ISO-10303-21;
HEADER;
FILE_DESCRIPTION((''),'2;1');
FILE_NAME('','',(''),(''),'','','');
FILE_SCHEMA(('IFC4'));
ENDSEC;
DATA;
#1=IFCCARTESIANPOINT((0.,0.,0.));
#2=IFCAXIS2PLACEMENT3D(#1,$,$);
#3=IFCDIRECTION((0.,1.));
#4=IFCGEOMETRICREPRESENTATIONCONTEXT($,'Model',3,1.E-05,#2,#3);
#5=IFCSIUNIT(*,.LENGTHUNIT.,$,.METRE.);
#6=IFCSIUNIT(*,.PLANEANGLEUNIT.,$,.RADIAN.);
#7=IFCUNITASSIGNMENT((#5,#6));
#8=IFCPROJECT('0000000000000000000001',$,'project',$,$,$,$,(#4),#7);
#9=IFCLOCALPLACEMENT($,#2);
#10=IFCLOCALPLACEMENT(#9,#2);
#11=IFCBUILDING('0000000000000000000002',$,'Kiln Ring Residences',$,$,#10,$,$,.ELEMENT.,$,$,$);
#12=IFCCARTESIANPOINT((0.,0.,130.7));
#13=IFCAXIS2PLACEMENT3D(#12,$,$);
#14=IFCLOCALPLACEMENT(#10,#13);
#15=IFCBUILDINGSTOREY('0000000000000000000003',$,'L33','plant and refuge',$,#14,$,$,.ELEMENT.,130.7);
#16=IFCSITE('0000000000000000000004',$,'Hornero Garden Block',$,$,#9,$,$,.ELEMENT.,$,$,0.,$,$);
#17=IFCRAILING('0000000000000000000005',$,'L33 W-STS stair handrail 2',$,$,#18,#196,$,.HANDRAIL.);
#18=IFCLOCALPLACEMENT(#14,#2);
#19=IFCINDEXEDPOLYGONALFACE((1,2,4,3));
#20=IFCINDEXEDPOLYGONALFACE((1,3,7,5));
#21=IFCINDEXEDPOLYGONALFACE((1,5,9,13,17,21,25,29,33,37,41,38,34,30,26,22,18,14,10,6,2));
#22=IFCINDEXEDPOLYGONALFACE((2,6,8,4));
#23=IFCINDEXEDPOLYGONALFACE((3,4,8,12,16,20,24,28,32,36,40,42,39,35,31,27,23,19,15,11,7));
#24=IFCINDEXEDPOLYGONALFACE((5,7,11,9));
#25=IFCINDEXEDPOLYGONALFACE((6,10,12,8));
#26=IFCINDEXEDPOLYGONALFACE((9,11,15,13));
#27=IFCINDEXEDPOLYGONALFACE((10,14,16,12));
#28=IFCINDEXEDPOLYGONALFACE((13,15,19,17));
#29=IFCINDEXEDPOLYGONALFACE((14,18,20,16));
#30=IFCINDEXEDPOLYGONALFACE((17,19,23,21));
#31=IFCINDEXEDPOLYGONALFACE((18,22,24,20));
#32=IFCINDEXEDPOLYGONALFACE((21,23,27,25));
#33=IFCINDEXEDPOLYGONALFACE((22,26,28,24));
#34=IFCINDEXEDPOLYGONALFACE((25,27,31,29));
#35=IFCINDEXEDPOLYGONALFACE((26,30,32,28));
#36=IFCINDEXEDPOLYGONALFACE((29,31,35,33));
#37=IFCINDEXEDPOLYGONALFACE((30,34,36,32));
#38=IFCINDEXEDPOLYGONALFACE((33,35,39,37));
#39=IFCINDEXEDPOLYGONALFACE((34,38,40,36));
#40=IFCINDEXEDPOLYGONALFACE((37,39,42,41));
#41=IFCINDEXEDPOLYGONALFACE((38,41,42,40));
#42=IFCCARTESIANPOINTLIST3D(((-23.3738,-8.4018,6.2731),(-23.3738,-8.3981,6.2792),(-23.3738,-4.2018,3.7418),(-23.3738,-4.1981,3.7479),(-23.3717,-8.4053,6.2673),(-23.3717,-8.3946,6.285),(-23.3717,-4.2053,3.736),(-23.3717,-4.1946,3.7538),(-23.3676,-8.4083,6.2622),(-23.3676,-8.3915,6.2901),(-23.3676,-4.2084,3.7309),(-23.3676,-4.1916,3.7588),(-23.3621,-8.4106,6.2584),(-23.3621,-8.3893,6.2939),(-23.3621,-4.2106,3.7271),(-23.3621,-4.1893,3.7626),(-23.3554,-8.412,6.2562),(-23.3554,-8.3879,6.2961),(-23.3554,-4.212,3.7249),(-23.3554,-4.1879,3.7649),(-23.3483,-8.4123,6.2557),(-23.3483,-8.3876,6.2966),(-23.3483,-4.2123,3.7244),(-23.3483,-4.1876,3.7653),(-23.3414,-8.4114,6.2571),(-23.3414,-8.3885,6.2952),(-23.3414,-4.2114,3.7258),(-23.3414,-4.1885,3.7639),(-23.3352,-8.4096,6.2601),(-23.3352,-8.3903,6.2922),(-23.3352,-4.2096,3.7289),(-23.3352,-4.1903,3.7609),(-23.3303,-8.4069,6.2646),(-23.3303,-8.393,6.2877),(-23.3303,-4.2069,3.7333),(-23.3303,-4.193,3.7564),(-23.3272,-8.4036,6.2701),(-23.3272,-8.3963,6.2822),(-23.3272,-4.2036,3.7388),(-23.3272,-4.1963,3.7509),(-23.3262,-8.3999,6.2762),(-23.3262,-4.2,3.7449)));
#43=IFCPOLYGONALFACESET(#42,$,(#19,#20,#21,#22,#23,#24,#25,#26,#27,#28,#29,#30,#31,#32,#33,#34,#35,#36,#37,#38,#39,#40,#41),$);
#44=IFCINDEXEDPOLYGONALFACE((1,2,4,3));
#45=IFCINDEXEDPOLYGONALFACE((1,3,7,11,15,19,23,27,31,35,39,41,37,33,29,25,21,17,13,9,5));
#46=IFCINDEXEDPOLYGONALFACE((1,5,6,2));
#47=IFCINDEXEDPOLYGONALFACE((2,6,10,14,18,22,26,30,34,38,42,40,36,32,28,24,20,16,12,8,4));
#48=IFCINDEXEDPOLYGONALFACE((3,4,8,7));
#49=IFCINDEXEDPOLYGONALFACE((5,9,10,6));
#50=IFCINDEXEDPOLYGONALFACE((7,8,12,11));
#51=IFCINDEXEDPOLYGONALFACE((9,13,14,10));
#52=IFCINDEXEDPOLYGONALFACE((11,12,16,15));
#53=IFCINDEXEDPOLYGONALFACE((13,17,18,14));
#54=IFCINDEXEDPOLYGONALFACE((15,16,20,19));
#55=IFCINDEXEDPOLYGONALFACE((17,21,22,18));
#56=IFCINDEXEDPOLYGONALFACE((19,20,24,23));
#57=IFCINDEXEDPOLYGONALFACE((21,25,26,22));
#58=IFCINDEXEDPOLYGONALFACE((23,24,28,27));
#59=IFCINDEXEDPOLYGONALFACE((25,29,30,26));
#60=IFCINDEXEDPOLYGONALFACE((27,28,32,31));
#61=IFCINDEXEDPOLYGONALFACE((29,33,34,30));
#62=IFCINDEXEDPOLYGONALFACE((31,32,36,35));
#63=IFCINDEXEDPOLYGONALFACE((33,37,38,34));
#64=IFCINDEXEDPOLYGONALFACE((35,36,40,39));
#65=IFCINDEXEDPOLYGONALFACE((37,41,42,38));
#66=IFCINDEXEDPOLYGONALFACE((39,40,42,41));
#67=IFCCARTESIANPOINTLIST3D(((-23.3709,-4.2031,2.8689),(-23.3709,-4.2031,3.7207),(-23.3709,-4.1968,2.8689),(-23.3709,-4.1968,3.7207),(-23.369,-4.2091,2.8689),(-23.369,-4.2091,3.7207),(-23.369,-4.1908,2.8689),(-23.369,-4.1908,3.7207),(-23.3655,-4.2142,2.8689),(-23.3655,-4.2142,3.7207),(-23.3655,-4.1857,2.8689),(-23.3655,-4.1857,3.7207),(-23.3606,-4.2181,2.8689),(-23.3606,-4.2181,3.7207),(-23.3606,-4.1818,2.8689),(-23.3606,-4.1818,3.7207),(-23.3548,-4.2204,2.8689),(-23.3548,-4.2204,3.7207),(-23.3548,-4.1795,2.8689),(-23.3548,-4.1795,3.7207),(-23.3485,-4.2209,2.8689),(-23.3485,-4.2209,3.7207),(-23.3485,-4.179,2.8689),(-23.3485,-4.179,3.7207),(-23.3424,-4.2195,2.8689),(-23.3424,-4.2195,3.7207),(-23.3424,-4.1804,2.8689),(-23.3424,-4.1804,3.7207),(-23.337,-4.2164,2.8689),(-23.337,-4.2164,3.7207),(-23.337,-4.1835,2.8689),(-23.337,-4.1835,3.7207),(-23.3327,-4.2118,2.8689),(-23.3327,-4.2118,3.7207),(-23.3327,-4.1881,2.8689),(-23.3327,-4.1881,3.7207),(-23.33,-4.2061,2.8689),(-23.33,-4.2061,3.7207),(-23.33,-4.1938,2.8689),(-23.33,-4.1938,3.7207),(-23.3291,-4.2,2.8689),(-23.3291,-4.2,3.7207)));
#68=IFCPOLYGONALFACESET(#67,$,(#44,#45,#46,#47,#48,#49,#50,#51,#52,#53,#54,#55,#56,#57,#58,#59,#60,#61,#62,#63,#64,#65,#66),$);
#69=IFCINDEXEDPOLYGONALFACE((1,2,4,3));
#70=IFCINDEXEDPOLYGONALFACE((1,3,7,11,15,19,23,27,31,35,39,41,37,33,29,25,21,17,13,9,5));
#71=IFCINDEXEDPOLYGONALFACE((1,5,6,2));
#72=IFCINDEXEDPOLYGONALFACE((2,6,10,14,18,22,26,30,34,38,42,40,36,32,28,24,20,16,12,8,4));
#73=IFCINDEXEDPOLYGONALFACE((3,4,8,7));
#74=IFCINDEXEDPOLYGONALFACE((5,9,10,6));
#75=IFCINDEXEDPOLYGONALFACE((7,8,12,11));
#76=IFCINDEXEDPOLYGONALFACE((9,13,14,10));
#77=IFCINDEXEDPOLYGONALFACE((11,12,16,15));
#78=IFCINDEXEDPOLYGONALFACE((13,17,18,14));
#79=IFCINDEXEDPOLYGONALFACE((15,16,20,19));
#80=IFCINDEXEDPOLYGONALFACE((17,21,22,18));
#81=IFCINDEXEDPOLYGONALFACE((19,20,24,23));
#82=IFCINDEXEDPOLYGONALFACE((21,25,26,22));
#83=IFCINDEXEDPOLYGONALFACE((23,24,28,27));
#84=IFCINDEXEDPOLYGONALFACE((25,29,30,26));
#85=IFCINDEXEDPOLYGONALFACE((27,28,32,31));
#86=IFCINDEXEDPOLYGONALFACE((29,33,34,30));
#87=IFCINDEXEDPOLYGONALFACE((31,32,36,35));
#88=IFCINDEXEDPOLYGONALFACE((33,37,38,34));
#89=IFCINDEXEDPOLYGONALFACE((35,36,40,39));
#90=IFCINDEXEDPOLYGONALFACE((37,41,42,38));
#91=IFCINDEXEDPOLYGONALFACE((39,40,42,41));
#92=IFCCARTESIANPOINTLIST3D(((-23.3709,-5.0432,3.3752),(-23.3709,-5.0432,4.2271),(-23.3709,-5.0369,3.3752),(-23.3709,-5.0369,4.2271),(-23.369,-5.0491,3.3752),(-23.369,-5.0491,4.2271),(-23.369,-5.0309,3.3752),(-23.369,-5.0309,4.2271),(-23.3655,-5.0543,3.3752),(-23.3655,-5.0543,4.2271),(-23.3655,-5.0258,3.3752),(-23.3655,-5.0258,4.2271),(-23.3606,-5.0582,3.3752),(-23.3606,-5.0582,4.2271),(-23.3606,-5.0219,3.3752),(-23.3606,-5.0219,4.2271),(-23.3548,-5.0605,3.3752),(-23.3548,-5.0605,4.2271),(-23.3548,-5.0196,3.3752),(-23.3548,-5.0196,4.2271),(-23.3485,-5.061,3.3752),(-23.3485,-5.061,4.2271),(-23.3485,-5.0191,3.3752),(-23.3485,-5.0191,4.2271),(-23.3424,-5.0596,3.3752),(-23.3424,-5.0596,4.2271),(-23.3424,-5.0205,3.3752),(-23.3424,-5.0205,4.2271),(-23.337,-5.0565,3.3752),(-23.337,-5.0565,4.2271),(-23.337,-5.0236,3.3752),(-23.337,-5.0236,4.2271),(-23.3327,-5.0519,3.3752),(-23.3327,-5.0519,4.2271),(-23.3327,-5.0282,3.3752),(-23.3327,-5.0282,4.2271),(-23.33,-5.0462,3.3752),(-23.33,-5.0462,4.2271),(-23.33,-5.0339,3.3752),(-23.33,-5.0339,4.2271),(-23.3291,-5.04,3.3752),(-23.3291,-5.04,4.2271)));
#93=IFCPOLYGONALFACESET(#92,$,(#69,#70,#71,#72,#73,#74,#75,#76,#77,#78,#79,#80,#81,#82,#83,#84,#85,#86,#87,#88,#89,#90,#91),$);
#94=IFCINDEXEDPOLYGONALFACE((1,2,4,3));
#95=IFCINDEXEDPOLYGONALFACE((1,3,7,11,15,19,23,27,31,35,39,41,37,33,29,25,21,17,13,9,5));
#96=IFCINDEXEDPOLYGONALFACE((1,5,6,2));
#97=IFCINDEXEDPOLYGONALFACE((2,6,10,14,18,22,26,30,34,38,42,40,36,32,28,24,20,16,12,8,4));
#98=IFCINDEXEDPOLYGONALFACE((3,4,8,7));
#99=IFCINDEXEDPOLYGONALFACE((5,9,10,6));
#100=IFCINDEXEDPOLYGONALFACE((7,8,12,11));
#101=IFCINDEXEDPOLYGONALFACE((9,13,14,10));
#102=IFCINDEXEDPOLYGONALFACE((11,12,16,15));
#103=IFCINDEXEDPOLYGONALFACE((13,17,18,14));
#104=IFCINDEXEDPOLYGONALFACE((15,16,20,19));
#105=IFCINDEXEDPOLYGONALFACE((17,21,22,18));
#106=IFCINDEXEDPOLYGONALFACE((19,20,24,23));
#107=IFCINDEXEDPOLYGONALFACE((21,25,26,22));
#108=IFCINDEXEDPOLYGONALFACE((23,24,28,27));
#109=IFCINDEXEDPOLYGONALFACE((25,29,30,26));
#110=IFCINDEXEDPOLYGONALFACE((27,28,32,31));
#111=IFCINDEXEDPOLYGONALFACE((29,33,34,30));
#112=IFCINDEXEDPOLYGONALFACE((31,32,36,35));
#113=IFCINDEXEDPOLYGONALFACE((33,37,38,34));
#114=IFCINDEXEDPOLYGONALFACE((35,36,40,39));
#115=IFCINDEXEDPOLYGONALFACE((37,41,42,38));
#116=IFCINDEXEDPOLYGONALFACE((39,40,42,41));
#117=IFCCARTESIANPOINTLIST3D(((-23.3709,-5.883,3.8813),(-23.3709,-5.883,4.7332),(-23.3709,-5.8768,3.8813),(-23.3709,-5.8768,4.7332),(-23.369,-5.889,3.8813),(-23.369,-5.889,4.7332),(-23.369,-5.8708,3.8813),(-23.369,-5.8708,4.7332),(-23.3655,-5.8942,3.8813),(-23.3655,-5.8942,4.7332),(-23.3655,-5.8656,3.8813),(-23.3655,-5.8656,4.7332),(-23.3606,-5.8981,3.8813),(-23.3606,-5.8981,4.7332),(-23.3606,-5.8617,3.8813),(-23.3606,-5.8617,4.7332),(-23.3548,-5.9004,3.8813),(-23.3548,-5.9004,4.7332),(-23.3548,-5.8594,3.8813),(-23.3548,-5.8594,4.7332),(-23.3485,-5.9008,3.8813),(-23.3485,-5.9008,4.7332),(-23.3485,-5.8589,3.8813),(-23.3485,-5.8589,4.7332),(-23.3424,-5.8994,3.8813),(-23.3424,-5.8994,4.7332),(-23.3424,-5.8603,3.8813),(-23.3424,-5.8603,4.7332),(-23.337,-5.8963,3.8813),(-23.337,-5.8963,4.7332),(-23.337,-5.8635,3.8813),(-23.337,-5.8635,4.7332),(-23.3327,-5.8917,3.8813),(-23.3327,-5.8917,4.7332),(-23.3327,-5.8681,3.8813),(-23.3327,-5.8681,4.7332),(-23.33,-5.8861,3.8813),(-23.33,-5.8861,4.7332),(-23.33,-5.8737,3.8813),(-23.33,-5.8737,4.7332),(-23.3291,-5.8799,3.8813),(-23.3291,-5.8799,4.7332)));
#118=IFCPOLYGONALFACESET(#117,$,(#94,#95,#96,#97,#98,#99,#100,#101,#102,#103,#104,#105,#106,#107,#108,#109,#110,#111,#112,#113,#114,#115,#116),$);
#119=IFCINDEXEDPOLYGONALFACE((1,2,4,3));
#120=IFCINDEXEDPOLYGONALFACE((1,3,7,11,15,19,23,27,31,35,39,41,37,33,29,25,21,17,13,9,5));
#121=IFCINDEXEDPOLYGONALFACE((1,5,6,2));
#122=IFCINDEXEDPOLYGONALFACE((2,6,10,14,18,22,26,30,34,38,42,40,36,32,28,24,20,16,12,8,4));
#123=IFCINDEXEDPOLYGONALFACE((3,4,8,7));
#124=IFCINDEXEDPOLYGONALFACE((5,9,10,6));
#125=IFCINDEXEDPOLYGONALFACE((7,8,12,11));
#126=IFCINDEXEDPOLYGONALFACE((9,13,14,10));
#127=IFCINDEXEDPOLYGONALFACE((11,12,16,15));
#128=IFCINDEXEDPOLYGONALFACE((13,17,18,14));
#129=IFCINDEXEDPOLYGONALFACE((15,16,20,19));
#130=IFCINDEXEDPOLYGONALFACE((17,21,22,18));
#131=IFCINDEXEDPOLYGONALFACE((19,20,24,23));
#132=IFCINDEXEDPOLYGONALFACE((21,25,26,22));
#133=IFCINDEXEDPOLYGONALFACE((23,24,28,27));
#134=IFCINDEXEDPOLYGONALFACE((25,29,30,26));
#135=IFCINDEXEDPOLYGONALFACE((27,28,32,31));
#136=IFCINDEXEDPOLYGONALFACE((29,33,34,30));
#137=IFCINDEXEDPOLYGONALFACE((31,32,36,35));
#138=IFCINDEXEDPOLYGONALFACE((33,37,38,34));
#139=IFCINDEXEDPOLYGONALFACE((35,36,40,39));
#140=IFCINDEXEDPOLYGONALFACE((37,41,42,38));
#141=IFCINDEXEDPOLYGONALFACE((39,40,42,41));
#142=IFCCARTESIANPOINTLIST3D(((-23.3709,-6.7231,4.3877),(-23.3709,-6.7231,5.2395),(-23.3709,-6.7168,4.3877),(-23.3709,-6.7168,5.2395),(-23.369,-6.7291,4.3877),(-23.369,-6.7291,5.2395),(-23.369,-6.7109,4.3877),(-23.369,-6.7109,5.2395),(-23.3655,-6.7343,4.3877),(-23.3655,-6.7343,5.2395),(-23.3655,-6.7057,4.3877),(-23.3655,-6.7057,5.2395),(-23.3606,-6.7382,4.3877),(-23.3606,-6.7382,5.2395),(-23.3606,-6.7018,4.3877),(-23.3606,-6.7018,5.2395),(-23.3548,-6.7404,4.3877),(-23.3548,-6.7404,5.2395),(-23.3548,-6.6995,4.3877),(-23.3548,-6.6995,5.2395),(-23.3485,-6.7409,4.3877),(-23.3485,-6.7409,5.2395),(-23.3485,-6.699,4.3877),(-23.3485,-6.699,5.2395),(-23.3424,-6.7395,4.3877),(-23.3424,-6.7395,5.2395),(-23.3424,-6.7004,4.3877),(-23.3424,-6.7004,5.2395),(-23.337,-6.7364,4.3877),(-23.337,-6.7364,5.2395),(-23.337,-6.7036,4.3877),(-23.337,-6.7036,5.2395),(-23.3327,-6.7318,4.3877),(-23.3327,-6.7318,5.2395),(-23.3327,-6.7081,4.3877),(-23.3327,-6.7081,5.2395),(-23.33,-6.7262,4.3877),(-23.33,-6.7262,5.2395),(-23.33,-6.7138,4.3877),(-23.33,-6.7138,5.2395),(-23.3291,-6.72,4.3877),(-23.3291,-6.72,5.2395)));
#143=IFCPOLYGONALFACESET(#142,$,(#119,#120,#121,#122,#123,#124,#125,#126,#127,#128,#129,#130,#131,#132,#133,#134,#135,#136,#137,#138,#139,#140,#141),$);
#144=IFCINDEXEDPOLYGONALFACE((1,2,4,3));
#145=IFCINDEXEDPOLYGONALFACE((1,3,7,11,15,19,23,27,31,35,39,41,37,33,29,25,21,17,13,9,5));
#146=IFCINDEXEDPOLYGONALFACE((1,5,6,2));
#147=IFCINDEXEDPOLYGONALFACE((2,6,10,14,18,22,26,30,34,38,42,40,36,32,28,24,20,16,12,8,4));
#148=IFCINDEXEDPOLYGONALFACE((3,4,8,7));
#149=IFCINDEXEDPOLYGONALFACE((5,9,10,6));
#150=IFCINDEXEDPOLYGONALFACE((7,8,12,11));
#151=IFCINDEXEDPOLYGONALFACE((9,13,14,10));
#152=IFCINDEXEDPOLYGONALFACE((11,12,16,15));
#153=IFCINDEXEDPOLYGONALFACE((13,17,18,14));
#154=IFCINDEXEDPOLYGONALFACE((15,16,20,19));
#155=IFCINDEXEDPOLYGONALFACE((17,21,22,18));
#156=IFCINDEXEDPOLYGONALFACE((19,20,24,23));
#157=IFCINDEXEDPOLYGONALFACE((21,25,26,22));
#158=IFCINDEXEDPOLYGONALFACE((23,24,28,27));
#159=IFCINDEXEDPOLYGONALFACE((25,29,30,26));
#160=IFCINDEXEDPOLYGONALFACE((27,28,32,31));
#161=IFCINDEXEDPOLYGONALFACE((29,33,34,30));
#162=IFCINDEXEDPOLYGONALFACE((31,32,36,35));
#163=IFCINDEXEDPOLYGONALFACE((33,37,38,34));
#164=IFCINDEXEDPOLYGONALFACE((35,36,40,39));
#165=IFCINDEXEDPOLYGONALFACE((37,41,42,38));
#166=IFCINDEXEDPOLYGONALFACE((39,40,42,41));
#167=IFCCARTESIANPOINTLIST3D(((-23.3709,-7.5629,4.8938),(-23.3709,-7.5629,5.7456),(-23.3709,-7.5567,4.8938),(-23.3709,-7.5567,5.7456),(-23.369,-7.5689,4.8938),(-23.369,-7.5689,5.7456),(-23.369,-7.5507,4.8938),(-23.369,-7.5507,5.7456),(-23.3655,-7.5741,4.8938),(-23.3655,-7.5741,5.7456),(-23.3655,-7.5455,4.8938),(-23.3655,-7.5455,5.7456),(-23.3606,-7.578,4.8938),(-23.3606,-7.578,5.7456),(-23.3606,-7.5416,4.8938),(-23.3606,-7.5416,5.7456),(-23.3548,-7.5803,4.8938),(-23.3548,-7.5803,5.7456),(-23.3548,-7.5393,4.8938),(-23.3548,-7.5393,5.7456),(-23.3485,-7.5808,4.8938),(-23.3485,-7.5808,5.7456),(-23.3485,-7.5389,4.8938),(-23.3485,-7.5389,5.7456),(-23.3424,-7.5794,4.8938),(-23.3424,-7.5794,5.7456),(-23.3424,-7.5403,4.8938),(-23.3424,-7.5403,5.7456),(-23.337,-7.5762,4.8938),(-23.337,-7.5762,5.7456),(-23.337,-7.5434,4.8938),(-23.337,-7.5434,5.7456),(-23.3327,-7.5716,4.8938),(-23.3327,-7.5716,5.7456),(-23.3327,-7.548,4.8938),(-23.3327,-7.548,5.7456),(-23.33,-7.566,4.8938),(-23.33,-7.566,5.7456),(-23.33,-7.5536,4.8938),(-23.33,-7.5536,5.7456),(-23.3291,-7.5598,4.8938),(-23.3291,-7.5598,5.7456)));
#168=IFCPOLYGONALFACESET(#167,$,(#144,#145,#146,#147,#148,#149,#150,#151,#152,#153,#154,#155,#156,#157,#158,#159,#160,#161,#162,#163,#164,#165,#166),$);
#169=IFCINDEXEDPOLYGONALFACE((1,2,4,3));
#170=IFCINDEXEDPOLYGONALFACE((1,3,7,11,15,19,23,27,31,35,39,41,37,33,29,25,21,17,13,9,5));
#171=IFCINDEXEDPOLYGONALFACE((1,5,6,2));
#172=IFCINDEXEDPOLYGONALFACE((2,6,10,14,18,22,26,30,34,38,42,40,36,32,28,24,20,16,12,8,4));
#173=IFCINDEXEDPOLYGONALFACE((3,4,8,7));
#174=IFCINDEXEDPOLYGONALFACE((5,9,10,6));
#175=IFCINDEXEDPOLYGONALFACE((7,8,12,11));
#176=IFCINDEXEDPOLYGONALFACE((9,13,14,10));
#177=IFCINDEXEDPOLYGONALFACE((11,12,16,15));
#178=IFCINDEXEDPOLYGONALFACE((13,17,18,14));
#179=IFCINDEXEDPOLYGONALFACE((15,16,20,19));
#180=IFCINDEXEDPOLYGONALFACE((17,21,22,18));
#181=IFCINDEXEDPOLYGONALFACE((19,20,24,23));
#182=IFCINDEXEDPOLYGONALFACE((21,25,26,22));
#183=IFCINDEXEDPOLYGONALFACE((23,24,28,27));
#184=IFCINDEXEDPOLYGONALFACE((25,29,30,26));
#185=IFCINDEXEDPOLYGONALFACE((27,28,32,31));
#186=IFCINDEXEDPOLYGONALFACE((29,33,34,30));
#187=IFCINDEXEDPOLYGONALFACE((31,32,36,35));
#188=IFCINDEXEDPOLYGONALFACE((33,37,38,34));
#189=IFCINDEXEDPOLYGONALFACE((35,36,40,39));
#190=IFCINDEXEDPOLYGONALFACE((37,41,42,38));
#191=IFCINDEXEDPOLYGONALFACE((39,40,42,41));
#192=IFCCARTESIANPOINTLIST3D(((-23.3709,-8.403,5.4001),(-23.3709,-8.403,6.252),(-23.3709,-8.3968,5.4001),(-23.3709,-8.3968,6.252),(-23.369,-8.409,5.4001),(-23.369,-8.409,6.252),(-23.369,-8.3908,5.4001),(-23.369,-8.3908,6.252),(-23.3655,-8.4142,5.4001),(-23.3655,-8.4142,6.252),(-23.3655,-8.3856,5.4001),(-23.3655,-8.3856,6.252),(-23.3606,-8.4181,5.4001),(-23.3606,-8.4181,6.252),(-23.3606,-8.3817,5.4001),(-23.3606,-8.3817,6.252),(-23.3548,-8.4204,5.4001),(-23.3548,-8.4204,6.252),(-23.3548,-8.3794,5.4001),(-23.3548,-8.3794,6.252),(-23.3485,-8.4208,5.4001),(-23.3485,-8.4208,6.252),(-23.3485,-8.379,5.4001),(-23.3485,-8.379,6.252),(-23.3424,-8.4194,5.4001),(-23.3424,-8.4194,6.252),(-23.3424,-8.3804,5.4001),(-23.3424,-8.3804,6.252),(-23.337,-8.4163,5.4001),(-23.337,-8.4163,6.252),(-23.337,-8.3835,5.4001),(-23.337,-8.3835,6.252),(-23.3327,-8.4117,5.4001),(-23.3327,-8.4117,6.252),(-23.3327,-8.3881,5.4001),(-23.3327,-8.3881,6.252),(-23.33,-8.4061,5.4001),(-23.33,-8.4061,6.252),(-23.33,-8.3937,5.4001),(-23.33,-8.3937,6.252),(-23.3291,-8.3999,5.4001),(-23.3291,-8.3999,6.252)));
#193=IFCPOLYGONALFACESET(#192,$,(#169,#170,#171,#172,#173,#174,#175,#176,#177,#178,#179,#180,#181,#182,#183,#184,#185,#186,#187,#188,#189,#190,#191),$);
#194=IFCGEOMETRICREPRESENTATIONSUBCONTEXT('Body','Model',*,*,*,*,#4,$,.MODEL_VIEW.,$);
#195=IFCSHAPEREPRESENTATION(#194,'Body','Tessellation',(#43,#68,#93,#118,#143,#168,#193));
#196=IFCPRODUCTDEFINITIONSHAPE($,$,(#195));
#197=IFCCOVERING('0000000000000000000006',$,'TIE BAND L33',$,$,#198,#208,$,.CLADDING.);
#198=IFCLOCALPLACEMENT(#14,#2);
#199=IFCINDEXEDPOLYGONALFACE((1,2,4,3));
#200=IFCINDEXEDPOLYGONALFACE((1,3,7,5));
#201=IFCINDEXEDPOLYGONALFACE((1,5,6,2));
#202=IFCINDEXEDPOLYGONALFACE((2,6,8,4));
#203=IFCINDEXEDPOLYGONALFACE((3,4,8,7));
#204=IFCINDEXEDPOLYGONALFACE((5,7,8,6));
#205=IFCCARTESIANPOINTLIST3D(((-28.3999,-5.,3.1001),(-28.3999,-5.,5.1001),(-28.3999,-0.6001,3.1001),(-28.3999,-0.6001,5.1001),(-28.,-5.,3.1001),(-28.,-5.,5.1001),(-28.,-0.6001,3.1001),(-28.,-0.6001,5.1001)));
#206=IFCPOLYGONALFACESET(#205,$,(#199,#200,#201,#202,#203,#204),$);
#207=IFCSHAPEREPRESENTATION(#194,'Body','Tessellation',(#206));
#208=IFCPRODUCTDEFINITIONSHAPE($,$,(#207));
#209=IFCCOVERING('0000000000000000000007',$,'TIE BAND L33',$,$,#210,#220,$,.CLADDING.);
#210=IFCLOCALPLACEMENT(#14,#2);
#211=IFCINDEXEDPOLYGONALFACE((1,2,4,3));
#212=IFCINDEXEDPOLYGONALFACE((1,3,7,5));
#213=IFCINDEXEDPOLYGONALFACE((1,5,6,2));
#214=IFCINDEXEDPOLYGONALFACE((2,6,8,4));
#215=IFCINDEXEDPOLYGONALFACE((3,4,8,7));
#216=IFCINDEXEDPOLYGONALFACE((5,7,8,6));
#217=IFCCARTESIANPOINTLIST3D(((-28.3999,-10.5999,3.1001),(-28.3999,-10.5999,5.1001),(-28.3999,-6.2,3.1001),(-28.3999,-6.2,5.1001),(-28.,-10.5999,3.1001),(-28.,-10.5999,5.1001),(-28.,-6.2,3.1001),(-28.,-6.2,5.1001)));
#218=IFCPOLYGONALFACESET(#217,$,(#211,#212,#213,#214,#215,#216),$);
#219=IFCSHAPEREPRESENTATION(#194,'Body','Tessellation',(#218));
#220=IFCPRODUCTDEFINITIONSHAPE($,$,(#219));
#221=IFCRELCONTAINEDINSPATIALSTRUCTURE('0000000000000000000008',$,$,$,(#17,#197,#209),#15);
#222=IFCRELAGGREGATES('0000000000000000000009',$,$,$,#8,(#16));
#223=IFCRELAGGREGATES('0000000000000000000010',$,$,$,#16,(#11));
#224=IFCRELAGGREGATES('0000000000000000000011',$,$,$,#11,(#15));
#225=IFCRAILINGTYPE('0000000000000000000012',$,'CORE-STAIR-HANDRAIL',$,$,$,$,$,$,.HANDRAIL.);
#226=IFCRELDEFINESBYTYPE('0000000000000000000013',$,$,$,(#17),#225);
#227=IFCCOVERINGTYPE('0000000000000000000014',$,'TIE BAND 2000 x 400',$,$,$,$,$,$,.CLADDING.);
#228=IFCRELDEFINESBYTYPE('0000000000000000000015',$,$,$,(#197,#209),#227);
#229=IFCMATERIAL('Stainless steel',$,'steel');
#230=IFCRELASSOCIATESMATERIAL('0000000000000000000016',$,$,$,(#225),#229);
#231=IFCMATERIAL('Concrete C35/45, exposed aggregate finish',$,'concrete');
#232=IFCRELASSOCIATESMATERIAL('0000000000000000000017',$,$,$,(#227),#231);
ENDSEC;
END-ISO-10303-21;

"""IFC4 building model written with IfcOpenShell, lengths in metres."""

from ifc_helpers import new_model, si_unit, direction, frame, origin, origin_2d, place, context, subcontext, project, spatial, rectangle, circle, extrude, material, type_object, element, save


model = new_model("IFC4")

# Units and contexts
model_context = context("Model", 3, precision=1e-05, world=origin(), true_north=direction((0.0, 1.0)))
body_context = subcontext(model_context, "Body", "Model", "MODEL_VIEW")
ifc_project = project(units=[si_unit("LENGTHUNIT", "METRE"), si_unit("PLANEANGLEUNIT", "RADIAN")], contexts=[model_context])

# Site, building, storey
site_placement = place(None, origin())
site = spatial("IfcSite", under=ifc_project, at=site_placement, Name="Hornero Garden Block", CompositionType="ELEMENT", RefElevation=0.0)
building_placement = place(site_placement, origin())
building = spatial("IfcBuilding", under=site, at=building_placement, Name="Kiln Ring Residences", CompositionType="ELEMENT")
storey_placement = place(building_placement, frame((0.0, 0.0, 130.7)))
storey = spatial("IfcBuildingStorey", under=building, at=storey_placement, Name="L33", Description="plant and refuge", CompositionType="ELEMENT", Elevation=130.7)

# Railing
ifc_material_1 = material(Name="Stainless steel", Category="steel")
railing_type_1 = type_object("IfcRailingType", Name="CORE-STAIR-HANDRAIL", PredefinedType="HANDRAIL", material=ifc_material_1)
railing_1_placement = place(storey_placement, frame((-23.3501, -4.2, 2.8689)))
element("IfcRailing", 1, at=railing_1_placement, inside=storey, type_object=railing_type_1, Name="L33 W-STS stair handrail 2", PredefinedType="HANDRAIL", context=body_context, shape_type="SweptSolid", body=[
    extrude(circle(Radius=0.0239, at=origin_2d()), frame((0.0, 0.0, 0.876), z_axis=(0.0, -0.856476, 0.516186), x_axis=(1.0, 0.0, 0.0)), (0.0, 0.0, 1.0), 4.9038),
    extrude(circle(Radius=0.021, at=origin_2d()), origin(), (0.0, 0.0, 1.0), 0.8518),
    extrude(circle(Radius=0.021, at=origin_2d()), frame((0.0, -0.8401, 0.5063)), (0.0, 0.0, 1.0), 0.8518),
    extrude(circle(Radius=0.021, at=origin_2d()), frame((0.0, -1.6799, 1.0125)), (0.0, 0.0, 1.0), 0.8518),
    extrude(circle(Radius=0.021, at=origin_2d()), frame((0.0, -2.52, 1.5188)), (0.0, 0.0, 1.0), 0.8518),
    extrude(circle(Radius=0.021, at=origin_2d()), frame((0.0, -3.3599, 2.0249)), (0.0, 0.0, 1.0), 0.8518),
    extrude(circle(Radius=0.021, at=origin_2d()), frame((0.0, -4.2, 2.5312)), (0.0, 0.0, 1.0), 0.8518),
])

# Coverings
ifc_material_2 = material(Name="Concrete C35/45, exposed aggregate finish", Category="concrete")
covering_type = type_object("IfcCoveringType", Name="TIE BAND 2000 x 400", PredefinedType="CLADDING", material=ifc_material_2)
for number, where, z_axis, x_axis, name in (
    (2, (-28.2, -2.8, 3.1001), (0.0, 0.0, 1.0), (0.0, -1.0, 0.0), "TIE BAND L33"),
    (3, (-28.2, -8.3999, 3.1001), (0.0, 0.0, 1.0), (0.0, -1.0, 0.0), "TIE BAND L33"),
):
    element("IfcCovering", number, at=place(storey_placement, frame(where, z_axis=z_axis, x_axis=x_axis)), inside=storey, type_object=covering_type, Name=name, PredefinedType="CLADDING", context=body_context, shape_type="SweptSolid", body=[
        extrude(rectangle(XDim=4.3999, YDim=0.3999, at=origin_2d()), origin(), (0.0, 0.0, 1.0), 2.0),
    ])

save(model, "model.ifc")
